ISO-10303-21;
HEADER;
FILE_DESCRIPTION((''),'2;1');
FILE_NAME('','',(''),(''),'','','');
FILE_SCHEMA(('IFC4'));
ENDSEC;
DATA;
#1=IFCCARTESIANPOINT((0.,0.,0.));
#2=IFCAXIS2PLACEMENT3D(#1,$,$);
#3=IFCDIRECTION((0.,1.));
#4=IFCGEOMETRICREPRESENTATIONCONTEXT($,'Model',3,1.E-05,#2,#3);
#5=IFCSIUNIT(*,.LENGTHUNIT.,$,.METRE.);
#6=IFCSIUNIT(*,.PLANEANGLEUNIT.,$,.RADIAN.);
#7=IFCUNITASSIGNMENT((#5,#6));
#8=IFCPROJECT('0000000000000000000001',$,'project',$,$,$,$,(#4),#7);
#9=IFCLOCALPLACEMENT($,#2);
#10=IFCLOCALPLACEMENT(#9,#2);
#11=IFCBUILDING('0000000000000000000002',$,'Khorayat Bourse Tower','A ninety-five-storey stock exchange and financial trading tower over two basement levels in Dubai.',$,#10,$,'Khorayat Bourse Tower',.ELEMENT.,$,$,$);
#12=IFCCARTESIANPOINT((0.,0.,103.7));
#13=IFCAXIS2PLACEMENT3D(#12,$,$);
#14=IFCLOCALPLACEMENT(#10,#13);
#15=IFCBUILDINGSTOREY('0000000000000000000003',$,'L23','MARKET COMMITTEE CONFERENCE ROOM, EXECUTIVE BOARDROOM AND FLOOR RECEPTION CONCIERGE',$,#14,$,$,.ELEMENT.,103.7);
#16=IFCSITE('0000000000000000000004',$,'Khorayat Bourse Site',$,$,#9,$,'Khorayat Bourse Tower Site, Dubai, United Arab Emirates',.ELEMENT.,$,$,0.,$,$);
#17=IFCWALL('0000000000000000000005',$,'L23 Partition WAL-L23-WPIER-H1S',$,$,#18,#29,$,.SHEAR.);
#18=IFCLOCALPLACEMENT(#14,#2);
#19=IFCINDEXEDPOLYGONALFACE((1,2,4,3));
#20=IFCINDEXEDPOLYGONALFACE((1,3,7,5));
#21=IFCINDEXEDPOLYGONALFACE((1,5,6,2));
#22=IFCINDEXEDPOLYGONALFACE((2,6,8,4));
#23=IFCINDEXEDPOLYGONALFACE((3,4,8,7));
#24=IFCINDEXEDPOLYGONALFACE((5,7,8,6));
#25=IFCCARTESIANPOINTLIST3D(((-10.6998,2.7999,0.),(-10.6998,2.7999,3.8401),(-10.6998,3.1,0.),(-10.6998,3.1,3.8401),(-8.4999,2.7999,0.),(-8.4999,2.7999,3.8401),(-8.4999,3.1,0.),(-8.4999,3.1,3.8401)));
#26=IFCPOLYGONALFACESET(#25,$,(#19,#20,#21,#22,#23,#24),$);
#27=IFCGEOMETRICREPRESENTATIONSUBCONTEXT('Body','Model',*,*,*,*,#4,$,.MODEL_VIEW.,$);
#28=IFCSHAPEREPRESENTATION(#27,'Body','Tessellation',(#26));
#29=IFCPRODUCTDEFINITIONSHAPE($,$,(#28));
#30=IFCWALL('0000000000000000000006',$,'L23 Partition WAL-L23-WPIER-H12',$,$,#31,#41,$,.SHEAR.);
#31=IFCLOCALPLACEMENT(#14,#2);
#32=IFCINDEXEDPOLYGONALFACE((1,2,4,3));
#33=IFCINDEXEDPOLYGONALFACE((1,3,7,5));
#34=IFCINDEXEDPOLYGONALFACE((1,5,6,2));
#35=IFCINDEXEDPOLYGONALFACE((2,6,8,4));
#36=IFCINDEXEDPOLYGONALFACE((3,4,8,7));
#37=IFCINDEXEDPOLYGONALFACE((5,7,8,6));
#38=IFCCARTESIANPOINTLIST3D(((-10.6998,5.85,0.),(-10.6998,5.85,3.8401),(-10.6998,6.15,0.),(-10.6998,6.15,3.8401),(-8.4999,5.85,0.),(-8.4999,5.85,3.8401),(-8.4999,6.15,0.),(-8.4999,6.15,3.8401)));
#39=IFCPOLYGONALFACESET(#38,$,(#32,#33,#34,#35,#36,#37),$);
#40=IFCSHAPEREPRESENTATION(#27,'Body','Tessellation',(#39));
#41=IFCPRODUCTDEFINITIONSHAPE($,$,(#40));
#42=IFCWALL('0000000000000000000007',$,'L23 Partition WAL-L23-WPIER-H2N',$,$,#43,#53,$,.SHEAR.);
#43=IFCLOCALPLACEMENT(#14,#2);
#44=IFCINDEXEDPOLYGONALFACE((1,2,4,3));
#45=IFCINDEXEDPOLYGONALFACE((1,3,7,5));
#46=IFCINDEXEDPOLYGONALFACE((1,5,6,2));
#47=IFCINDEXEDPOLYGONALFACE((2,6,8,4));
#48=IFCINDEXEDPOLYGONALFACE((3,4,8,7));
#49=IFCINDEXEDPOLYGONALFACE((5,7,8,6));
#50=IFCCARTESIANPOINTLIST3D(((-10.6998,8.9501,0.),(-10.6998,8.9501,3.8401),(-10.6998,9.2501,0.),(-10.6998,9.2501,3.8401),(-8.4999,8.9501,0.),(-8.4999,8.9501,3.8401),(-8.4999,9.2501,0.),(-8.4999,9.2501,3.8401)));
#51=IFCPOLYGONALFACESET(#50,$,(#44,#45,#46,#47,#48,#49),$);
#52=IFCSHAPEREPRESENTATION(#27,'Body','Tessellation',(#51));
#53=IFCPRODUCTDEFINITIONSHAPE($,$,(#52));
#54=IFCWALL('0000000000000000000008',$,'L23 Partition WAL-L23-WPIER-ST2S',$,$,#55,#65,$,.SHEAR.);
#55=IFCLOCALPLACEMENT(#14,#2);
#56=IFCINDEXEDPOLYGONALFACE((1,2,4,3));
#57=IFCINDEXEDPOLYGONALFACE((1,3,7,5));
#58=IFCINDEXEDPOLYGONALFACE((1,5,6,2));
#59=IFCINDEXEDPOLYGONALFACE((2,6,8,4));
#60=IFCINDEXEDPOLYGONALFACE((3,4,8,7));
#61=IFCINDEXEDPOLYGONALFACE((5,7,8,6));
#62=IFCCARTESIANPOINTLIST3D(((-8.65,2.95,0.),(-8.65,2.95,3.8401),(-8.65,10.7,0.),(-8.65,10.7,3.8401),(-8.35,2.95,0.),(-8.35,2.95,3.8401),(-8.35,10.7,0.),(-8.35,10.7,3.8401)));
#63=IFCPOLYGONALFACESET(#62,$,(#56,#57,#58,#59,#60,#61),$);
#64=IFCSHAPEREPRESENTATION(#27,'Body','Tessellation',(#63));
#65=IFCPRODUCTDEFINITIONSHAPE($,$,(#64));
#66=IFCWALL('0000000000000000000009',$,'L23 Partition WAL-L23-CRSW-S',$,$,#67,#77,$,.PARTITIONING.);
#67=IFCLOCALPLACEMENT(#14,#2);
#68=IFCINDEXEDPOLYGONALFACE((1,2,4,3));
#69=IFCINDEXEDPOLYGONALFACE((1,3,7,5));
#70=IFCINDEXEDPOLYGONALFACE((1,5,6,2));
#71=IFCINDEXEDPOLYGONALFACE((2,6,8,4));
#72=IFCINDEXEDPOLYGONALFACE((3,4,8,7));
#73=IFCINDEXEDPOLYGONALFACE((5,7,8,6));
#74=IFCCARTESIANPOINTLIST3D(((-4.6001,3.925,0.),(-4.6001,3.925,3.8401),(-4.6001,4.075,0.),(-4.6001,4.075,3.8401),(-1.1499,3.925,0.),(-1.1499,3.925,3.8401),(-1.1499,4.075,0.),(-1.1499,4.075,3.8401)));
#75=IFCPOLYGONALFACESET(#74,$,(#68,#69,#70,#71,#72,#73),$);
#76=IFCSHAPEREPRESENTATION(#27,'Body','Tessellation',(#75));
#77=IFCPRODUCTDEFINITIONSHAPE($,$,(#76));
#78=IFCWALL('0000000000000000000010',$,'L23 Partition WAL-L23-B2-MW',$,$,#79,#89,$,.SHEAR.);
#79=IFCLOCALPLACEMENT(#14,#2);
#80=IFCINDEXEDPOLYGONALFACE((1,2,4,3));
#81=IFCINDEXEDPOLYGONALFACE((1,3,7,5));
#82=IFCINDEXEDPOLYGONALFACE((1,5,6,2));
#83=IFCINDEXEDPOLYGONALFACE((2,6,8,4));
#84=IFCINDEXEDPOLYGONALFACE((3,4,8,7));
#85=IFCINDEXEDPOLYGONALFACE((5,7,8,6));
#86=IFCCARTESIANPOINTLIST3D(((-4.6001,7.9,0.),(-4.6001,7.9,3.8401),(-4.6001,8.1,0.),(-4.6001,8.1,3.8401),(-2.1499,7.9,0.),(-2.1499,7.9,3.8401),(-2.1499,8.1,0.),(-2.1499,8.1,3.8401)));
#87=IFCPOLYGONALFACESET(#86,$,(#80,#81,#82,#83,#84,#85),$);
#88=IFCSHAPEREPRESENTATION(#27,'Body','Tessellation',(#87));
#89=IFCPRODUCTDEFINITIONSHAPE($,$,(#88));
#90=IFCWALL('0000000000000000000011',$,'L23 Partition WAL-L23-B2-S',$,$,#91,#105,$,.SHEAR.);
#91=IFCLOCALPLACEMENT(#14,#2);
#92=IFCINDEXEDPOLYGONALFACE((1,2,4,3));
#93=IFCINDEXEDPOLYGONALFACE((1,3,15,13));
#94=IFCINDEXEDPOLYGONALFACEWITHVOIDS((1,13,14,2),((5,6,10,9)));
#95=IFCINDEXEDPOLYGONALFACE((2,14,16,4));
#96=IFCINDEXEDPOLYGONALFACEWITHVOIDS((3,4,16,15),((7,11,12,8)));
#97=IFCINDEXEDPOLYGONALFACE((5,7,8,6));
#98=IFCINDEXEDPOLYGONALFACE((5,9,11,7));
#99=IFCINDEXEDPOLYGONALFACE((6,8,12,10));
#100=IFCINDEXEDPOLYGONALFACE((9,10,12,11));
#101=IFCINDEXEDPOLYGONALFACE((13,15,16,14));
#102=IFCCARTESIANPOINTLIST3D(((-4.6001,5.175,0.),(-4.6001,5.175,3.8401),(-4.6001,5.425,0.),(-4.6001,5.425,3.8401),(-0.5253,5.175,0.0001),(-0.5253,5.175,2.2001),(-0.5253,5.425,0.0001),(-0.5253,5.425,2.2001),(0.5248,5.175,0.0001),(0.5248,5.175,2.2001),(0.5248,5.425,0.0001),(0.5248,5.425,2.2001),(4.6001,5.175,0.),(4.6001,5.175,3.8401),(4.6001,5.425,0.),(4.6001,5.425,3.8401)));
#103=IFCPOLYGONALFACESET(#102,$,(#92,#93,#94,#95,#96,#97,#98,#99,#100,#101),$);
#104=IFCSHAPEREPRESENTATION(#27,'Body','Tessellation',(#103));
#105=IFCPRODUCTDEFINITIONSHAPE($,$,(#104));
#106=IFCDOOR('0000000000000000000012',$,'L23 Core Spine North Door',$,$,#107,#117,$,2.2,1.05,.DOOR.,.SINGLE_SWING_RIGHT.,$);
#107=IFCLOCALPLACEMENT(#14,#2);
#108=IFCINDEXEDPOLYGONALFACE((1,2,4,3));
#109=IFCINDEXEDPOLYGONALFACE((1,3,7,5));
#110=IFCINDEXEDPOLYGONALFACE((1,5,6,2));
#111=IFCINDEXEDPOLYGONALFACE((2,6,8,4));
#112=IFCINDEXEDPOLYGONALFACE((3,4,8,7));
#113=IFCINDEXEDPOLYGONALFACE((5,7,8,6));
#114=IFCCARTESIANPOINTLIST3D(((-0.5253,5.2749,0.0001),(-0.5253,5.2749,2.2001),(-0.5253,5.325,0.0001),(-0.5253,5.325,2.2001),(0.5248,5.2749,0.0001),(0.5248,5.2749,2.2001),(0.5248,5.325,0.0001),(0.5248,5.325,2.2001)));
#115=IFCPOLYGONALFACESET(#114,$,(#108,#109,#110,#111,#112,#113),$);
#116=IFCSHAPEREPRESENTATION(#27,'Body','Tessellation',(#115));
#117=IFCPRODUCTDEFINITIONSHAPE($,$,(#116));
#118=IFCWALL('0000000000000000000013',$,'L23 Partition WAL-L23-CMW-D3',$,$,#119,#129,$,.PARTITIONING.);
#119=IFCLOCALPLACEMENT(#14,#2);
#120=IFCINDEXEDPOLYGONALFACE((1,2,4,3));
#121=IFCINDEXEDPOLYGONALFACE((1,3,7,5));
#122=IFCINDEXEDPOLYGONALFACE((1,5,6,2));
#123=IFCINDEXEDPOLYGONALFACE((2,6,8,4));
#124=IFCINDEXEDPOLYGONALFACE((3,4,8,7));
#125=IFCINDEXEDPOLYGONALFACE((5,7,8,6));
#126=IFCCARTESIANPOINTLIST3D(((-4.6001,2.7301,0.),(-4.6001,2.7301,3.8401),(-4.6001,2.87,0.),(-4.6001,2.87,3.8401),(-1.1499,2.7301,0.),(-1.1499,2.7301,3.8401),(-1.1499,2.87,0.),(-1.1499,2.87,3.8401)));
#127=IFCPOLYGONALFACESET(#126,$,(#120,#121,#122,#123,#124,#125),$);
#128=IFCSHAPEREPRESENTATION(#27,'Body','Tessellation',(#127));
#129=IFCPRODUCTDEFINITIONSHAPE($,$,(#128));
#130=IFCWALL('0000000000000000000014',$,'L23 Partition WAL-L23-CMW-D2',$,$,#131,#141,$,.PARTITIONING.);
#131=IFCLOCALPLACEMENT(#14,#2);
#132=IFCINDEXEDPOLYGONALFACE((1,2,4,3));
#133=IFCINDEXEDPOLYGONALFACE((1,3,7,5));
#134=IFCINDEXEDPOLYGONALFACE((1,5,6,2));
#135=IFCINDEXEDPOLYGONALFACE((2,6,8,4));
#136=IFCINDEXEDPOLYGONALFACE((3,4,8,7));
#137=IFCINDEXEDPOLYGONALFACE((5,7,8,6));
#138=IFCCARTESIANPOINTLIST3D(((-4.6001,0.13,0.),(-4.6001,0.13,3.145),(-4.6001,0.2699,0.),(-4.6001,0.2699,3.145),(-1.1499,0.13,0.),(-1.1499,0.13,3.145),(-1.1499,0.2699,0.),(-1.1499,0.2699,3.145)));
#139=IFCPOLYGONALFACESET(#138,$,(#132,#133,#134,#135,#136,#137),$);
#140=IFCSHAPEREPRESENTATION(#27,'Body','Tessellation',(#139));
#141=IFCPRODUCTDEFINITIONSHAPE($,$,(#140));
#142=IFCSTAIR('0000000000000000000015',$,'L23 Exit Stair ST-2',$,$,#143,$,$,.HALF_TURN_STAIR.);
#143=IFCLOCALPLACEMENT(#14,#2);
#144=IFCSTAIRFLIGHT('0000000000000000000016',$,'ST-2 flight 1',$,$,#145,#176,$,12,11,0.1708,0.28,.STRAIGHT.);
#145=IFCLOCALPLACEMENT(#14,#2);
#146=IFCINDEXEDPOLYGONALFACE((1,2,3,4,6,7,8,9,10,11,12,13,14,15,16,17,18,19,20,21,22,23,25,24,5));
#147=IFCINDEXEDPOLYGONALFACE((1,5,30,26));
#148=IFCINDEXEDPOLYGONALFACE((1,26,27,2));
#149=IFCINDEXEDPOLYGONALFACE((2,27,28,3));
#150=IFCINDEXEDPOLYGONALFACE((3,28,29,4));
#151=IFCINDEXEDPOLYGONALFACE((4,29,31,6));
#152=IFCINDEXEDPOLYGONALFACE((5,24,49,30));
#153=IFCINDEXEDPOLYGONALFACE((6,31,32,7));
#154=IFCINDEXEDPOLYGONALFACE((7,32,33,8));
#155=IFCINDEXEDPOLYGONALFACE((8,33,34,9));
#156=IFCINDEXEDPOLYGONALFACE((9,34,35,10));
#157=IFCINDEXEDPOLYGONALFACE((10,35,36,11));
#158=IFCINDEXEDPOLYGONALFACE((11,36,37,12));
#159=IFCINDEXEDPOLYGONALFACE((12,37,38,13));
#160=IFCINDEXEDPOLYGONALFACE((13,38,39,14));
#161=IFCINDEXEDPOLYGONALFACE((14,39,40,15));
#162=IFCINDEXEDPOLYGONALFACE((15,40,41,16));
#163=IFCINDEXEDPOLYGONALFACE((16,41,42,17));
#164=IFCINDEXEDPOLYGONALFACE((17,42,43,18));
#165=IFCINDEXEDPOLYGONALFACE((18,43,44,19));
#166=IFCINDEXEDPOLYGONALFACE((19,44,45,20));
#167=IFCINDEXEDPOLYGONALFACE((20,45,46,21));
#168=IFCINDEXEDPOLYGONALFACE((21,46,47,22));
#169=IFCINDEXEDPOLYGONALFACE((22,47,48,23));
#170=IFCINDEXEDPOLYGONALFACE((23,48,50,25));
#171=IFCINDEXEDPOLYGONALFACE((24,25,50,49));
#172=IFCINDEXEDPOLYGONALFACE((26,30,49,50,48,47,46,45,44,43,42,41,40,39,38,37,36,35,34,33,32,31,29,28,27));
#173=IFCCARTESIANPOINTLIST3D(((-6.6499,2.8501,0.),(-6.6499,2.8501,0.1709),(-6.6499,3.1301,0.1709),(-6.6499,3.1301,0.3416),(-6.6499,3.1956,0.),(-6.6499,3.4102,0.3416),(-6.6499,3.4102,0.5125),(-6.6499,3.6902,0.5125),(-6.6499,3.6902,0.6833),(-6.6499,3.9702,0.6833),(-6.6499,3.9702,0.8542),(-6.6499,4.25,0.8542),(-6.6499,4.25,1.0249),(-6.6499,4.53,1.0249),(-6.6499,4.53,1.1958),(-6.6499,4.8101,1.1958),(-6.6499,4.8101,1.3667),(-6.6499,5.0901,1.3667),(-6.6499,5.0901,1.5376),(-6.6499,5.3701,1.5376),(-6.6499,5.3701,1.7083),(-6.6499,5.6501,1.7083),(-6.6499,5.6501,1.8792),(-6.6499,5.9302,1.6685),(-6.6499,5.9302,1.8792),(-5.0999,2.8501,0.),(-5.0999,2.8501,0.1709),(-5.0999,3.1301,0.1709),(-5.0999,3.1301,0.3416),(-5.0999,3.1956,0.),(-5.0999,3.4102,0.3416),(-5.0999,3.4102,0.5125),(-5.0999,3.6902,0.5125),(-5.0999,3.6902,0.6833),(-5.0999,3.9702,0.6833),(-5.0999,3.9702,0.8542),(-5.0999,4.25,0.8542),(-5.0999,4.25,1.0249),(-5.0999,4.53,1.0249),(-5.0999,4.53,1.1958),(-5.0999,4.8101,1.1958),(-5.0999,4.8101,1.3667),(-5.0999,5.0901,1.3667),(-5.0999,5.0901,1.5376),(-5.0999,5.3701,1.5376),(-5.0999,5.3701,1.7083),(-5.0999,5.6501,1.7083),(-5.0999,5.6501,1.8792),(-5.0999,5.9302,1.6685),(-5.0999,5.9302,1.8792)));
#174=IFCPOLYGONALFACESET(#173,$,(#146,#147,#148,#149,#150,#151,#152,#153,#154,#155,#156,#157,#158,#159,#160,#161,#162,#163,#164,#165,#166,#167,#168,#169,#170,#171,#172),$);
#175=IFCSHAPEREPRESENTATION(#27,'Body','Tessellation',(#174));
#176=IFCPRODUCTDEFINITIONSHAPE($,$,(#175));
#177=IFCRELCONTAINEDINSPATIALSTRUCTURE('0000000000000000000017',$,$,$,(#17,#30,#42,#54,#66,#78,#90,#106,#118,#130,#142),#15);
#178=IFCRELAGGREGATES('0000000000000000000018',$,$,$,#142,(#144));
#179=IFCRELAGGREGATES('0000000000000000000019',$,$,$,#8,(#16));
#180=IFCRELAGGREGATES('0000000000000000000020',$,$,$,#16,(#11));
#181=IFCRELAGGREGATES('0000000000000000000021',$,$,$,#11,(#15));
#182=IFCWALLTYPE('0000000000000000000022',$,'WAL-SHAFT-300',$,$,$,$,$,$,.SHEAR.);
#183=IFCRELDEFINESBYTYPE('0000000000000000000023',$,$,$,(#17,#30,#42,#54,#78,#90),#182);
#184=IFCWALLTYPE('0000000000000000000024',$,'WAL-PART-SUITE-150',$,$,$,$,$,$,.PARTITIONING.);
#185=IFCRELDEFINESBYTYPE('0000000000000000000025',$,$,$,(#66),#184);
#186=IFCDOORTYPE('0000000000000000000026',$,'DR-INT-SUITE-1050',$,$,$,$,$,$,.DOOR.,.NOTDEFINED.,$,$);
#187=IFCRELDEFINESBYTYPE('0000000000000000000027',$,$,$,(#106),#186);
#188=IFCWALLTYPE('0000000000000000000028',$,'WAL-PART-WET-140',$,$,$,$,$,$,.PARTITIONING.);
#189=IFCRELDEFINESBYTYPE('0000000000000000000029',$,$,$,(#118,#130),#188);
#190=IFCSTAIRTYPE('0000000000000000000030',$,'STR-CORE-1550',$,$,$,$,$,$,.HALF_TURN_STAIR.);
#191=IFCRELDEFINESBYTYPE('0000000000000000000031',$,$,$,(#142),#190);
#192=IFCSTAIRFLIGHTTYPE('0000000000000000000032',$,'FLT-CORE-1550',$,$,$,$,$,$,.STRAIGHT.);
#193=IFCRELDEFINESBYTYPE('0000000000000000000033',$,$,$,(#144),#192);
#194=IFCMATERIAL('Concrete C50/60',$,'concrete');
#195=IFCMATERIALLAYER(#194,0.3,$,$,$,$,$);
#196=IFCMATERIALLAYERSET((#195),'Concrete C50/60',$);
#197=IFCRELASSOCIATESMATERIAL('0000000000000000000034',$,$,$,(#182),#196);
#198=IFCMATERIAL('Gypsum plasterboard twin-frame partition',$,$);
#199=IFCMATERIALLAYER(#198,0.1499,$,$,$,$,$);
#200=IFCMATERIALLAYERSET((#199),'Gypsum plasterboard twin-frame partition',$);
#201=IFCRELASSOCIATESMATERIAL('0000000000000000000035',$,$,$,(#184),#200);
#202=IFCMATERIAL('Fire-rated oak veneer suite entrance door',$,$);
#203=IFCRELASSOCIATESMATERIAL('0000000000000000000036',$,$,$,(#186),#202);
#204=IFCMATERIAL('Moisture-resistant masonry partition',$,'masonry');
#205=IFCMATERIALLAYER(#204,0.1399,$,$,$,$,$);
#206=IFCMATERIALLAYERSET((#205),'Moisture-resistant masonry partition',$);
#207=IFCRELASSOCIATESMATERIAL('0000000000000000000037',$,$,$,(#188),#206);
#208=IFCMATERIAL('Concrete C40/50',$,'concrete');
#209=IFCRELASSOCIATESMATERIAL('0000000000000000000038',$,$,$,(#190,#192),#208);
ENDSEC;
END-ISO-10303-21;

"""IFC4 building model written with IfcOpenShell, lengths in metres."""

from ifc_helpers import new_model, si_unit, direction, frame, frame_2d, origin, place, context, subcontext, project, spatial, polyline, rectangle, outline, extrude, source, transform, mapped, material, layer, layer_set, type_object, element, fill, aggregate, save


model = new_model("IFC4")

# Units and contexts
model_context = context("Model", 3, precision=1e-05, world=origin(), true_north=direction((0.0, 1.0)))
body_context = subcontext(model_context, "Body", "Model", "MODEL_VIEW")
ifc_project = project(units=[si_unit("LENGTHUNIT", "METRE"), si_unit("PLANEANGLEUNIT", "RADIAN")], contexts=[model_context])

# Site, building, storey
site_placement = place(None, origin())
site = spatial("IfcSite", under=ifc_project, at=site_placement, Name="Khorayat Bourse Site", LongName="Khorayat Bourse Tower Site, Dubai, United Arab Emirates", CompositionType="ELEMENT", RefElevation=0.0)
building_placement = place(site_placement, origin())
building = spatial("IfcBuilding", under=site, at=building_placement, Name="Khorayat Bourse Tower", Description="A ninety-five-storey stock exchange and financial trading tower over two basement levels in Dubai.", LongName="Khorayat Bourse Tower", CompositionType="ELEMENT")
storey_placement = place(building_placement, frame((0.0, 0.0, 103.7)))
storey = spatial("IfcBuildingStorey", under=building, at=storey_placement, Name="L23", Description="MARKET COMMITTEE CONFERENCE ROOM, EXECUTIVE BOARDROOM AND FLOOR RECEPTION CONCIERGE", CompositionType="ELEMENT", Elevation=103.7)

# Walls
ifc_material_1 = material(Name="Concrete C50/60", Category="concrete")
ifc_layer_1 = layer(ifc_material_1, 0.3)
ifc_layer_set_1 = layer_set([ifc_layer_1], Name="Concrete C50/60")
wall_type_1 = type_object("IfcWallType", Name="WAL-SHAFT-300", PredefinedType="SHEAR", material=ifc_layer_set_1)
shared_shape_1 = source(origin(), body_context, "Body", "SweptSolid", [
    extrude(rectangle(XDim=2.2, YDim=0.3, at=frame_2d((1.1001, 0.0))), origin(), (0.0, 0.0, 1.0), 3.8401),
])
for number, where, z_axis, x_axis, name in (
    (1, (-10.7, 2.95, 0.0), (0.0, 0.0, 1.0), (1.0, 0.0, 0.0), "L23 Partition WAL-L23-WPIER-H1S"),
    (2, (-10.7, 6.0, 0.0), (0.0, 0.0, 1.0), (1.0, 0.0, 0.0), "L23 Partition WAL-L23-WPIER-H12"),
    (3, (-10.7, 9.1001, 0.0), (0.0, 0.0, 1.0), (1.0, 0.0, 0.0), "L23 Partition WAL-L23-WPIER-H2N"),
):
    element("IfcWall", number, at=place(storey_placement, frame(where, z_axis=z_axis, x_axis=x_axis)), inside=storey, type_object=wall_type_1, Name=name, PredefinedType="SHEAR", context=body_context, shape_type="MappedRepresentation", body=[
        mapped(shared_shape_1, transform((0.0, 0.0, 0.0), scale=1.0)),
    ])
shared_shape_2 = source(origin(), body_context, "Body", "SweptSolid", [
    extrude(rectangle(XDim=7.75, YDim=0.3, at=frame_2d((3.875, 0.0))), origin(), (0.0, 0.0, 1.0), 3.8401),
])
wall_1_placement = place(storey_placement, frame((-8.5, 2.95, 0.0), z_axis=(0.0, 0.0, 1.0), x_axis=(0.0, 1.0, 0.0)))
element("IfcWall", 4, at=wall_1_placement, inside=storey, type_object=wall_type_1, Name="L23 Partition WAL-L23-WPIER-ST2S", PredefinedType="SHEAR", context=body_context, shape_type="MappedRepresentation", body=[
    mapped(shared_shape_2, transform((0.0, 0.0, 0.0), scale=1.0)),
])
ifc_material_2 = material(Name="Gypsum plasterboard twin-frame partition")
ifc_layer_2 = layer(ifc_material_2, 0.1499)
ifc_layer_set_2 = layer_set([ifc_layer_2], Name="Gypsum plasterboard twin-frame partition")
wall_type_2 = type_object("IfcWallType", Name="WAL-PART-SUITE-150", PredefinedType="PARTITIONING", material=ifc_layer_set_2)
shared_shape_3 = source(origin(), body_context, "Body", "SweptSolid", [
    extrude(rectangle(XDim=3.4502, YDim=0.1499, at=frame_2d((1.7251, 0.0))), origin(), (0.0, 0.0, 1.0), 3.8401),
])
wall_2_placement = place(storey_placement, frame((-4.6001, 4.0, 0.0), z_axis=(0.0, 0.0, 1.0), x_axis=(1.0, 0.0, 0.0)))
element("IfcWall", 5, at=wall_2_placement, inside=storey, type_object=wall_type_2, Name="L23 Partition WAL-L23-CRSW-S", PredefinedType="PARTITIONING", context=body_context, shape_type="MappedRepresentation", body=[
    mapped(shared_shape_3, transform((0.0, 0.0, 0.0), scale=1.0)),
])
shared_shape_4 = source(origin(), body_context, "Body", "SweptSolid", [
    extrude(rectangle(XDim=2.4502, YDim=0.2, at=frame_2d((1.2251, 0.0))), origin(), (0.0, 0.0, 1.0), 3.8401),
])
wall_3_placement = place(storey_placement, frame((-4.6001, 8.0, 0.0), z_axis=(0.0, 0.0, 1.0), x_axis=(1.0, 0.0, 0.0)))
element("IfcWall", 6, at=wall_3_placement, inside=storey, type_object=wall_type_1, Name="L23 Partition WAL-L23-B2-MW", PredefinedType="SHEAR", context=body_context, shape_type="MappedRepresentation", body=[
    mapped(shared_shape_4, transform((0.0, 0.0, 0.0), scale=1.0)),
])

# Wall, opening, door
shared_shape_5 = source(origin(), body_context, "Body", "SweptSolid", [
    extrude(rectangle(XDim=9.2002, YDim=0.25, at=frame_2d((4.6001, 0.0))), origin(), (0.0, 0.0, 1.0), 3.8401),
])
wall_4_placement = place(storey_placement, frame((-4.6001, 5.3, 0.0), z_axis=(0.0, 0.0, 1.0), x_axis=(1.0, 0.0, 0.0)))
wall_4 = element("IfcWall", 7, at=wall_4_placement, inside=storey, type_object=wall_type_1, Name="L23 Partition WAL-L23-B2-S", PredefinedType="SHEAR", context=body_context, shape_type="MappedRepresentation", body=[
    mapped(shared_shape_5, transform((0.0, 0.0, 0.0), scale=1.0)),
])
shared_shape_6 = source(origin(), body_context, "Body", "SweptSolid", [
    extrude(rectangle(XDim=1.05, YDim=2.2, at=frame_2d((0.5249, 1.1001))), frame((0.0, 0.135, 0.0), z_axis=(0.0, -1.0, 0.0), x_axis=(1.0, 0.0, 0.0)), (0.0, 0.0, 1.0), 0.27),
])
opening_placement = place(wall_4_placement, frame((4.075, 0.0, 0.0)))
opening = element("IfcOpeningElement", 8, at=opening_placement, cuts=wall_4, PredefinedType="OPENING", context=body_context, shape_type="MappedRepresentation", body=[
    mapped(shared_shape_6, transform((0.0, 0.0, 0.0), scale=1.0)),
])
ifc_material_3 = material(Name="Fire-rated oak veneer suite entrance door")
door_type = type_object("IfcDoorType", Name="DR-INT-SUITE-1050", OperationType="NOTDEFINED", PredefinedType="DOOR", material=ifc_material_3)
shared_shape_7 = source(origin(), body_context, "Body", "SweptSolid", [
    extrude(rectangle(XDim=1.05, YDim=2.2, at=frame_2d((0.5249, 1.1001))), frame((0.0, 0.0249, 0.0), z_axis=(0.0, -1.0, 0.0), x_axis=(1.0, 0.0, 0.0)), (0.0, 0.0, 1.0), 0.05),
])
door_placement = place(opening_placement, origin())
door = element("IfcDoor", 9, at=door_placement, inside=storey, type_object=door_type, Name="L23 Core Spine North Door", OperationType="SINGLE_SWING_RIGHT", OverallHeight=2.2, OverallWidth=1.05, PredefinedType="DOOR", context=body_context, shape_type="MappedRepresentation", body=[
    mapped(shared_shape_7, transform((0.0, 0.0, 0.0), scale=1.0)),
])
fill(opening, door)

# Walls
ifc_material_4 = material(Name="Moisture-resistant masonry partition", Category="masonry")
ifc_layer_3 = layer(ifc_material_4, 0.1399)
ifc_layer_set_3 = layer_set([ifc_layer_3], Name="Moisture-resistant masonry partition")
wall_type_3 = type_object("IfcWallType", Name="WAL-PART-WET-140", PredefinedType="PARTITIONING", material=ifc_layer_set_3)
shared_shape_8 = source(origin(), body_context, "Body", "SweptSolid", [
    extrude(rectangle(XDim=3.4502, YDim=0.1399, at=frame_2d((1.7251, 0.0))), origin(), (0.0, 0.0, 1.0), 3.8401),
])
wall_5_placement = place(storey_placement, frame((-4.6001, 2.8, 0.0), z_axis=(0.0, 0.0, 1.0), x_axis=(1.0, 0.0, 0.0)))
element("IfcWall", 10, at=wall_5_placement, inside=storey, type_object=wall_type_3, Name="L23 Partition WAL-L23-CMW-D3", PredefinedType="PARTITIONING", context=body_context, shape_type="MappedRepresentation", body=[
    mapped(shared_shape_8, transform((0.0, 0.0, 0.0), scale=1.0)),
])
shared_shape_9 = source(origin(), body_context, "Body", "SweptSolid", [
    extrude(rectangle(XDim=3.4502, YDim=0.1399, at=frame_2d((1.7251, 0.0))), origin(), (0.0, 0.0, 1.0), 3.145),
])
wall_6_placement = place(storey_placement, frame((-4.6001, 0.2, 0.0), z_axis=(0.0, 0.0, 1.0), x_axis=(1.0, 0.0, 0.0)))
element("IfcWall", 11, at=wall_6_placement, inside=storey, type_object=wall_type_3, Name="L23 Partition WAL-L23-CMW-D2", PredefinedType="PARTITIONING", context=body_context, shape_type="MappedRepresentation", body=[
    mapped(shared_shape_9, transform((0.0, 0.0, 0.0), scale=1.0)),
])

# Stair, stair flight
ifc_material_5 = material(Name="Concrete C40/50", Category="concrete")
stair_type = type_object("IfcStairType", Name="STR-CORE-1550", PredefinedType="HALF_TURN_STAIR", material=ifc_material_5)
stair_placement = place(storey_placement, origin())
stair = element("IfcStair", 12, at=stair_placement, inside=storey, type_object=stair_type, Name="L23 Exit Stair ST-2", PredefinedType="HALF_TURN_STAIR")
stair_flight_type = type_object("IfcStairFlightType", Name="FLT-CORE-1550", PredefinedType="STRAIGHT", material=ifc_material_5)
shared_shape_10 = source(origin(), body_context, "Body", "SweptSolid", [
    extrude(outline(polyline([(0.0, 0.0), (0.0, 0.1709), (0.28, 0.1709), (0.28, 0.3416), (0.5601, 0.3416), (0.5601, 0.5125), (0.8401, 0.5125), (0.8401, 0.6833), (1.1201, 0.6833), (1.1201, 0.8542), (1.3999, 0.8542), (1.3999, 1.0249), (1.6799, 1.0249), (1.6799, 1.1958), (1.96, 1.1958), (1.96, 1.3667), (2.24, 1.3667), (2.24, 1.5376), (2.52, 1.5376), (2.52, 1.7083), (2.8, 1.7083), (2.8, 1.8792), (3.0801, 1.8792), (3.0801, 2.05), (3.0801, 1.6685), (0.3455, 0.0), (0.0, 0.0)])), frame((0.0, 0.7749, 0.0), z_axis=(0.0, -1.0, 0.0), x_axis=(1.0, 0.0, 0.0)), (0.0, 0.0, 1.0), 1.55),
])
stair_flight_1_placement = place(storey_placement, frame((-5.875, 2.8501, 0.0), z_axis=(0.0, 0.0, 1.0), x_axis=(0.0, 1.0, 0.0)))
stair_flight_1 = element("IfcStairFlight", 13, at=stair_flight_1_placement, type_object=stair_flight_type, Name="ST-2 flight 1", NumberOfRisers=12, NumberOfTreads=11, PredefinedType="STRAIGHT", RiserHeight=0.1708, TreadLength=0.28, context=body_context, shape_type="MappedRepresentation", body=[
    mapped(shared_shape_10, transform((0.0, 0.0, 0.0), scale=1.0)),
])
aggregate(stair, [stair_flight_1])

save(model, "model.ifc")
